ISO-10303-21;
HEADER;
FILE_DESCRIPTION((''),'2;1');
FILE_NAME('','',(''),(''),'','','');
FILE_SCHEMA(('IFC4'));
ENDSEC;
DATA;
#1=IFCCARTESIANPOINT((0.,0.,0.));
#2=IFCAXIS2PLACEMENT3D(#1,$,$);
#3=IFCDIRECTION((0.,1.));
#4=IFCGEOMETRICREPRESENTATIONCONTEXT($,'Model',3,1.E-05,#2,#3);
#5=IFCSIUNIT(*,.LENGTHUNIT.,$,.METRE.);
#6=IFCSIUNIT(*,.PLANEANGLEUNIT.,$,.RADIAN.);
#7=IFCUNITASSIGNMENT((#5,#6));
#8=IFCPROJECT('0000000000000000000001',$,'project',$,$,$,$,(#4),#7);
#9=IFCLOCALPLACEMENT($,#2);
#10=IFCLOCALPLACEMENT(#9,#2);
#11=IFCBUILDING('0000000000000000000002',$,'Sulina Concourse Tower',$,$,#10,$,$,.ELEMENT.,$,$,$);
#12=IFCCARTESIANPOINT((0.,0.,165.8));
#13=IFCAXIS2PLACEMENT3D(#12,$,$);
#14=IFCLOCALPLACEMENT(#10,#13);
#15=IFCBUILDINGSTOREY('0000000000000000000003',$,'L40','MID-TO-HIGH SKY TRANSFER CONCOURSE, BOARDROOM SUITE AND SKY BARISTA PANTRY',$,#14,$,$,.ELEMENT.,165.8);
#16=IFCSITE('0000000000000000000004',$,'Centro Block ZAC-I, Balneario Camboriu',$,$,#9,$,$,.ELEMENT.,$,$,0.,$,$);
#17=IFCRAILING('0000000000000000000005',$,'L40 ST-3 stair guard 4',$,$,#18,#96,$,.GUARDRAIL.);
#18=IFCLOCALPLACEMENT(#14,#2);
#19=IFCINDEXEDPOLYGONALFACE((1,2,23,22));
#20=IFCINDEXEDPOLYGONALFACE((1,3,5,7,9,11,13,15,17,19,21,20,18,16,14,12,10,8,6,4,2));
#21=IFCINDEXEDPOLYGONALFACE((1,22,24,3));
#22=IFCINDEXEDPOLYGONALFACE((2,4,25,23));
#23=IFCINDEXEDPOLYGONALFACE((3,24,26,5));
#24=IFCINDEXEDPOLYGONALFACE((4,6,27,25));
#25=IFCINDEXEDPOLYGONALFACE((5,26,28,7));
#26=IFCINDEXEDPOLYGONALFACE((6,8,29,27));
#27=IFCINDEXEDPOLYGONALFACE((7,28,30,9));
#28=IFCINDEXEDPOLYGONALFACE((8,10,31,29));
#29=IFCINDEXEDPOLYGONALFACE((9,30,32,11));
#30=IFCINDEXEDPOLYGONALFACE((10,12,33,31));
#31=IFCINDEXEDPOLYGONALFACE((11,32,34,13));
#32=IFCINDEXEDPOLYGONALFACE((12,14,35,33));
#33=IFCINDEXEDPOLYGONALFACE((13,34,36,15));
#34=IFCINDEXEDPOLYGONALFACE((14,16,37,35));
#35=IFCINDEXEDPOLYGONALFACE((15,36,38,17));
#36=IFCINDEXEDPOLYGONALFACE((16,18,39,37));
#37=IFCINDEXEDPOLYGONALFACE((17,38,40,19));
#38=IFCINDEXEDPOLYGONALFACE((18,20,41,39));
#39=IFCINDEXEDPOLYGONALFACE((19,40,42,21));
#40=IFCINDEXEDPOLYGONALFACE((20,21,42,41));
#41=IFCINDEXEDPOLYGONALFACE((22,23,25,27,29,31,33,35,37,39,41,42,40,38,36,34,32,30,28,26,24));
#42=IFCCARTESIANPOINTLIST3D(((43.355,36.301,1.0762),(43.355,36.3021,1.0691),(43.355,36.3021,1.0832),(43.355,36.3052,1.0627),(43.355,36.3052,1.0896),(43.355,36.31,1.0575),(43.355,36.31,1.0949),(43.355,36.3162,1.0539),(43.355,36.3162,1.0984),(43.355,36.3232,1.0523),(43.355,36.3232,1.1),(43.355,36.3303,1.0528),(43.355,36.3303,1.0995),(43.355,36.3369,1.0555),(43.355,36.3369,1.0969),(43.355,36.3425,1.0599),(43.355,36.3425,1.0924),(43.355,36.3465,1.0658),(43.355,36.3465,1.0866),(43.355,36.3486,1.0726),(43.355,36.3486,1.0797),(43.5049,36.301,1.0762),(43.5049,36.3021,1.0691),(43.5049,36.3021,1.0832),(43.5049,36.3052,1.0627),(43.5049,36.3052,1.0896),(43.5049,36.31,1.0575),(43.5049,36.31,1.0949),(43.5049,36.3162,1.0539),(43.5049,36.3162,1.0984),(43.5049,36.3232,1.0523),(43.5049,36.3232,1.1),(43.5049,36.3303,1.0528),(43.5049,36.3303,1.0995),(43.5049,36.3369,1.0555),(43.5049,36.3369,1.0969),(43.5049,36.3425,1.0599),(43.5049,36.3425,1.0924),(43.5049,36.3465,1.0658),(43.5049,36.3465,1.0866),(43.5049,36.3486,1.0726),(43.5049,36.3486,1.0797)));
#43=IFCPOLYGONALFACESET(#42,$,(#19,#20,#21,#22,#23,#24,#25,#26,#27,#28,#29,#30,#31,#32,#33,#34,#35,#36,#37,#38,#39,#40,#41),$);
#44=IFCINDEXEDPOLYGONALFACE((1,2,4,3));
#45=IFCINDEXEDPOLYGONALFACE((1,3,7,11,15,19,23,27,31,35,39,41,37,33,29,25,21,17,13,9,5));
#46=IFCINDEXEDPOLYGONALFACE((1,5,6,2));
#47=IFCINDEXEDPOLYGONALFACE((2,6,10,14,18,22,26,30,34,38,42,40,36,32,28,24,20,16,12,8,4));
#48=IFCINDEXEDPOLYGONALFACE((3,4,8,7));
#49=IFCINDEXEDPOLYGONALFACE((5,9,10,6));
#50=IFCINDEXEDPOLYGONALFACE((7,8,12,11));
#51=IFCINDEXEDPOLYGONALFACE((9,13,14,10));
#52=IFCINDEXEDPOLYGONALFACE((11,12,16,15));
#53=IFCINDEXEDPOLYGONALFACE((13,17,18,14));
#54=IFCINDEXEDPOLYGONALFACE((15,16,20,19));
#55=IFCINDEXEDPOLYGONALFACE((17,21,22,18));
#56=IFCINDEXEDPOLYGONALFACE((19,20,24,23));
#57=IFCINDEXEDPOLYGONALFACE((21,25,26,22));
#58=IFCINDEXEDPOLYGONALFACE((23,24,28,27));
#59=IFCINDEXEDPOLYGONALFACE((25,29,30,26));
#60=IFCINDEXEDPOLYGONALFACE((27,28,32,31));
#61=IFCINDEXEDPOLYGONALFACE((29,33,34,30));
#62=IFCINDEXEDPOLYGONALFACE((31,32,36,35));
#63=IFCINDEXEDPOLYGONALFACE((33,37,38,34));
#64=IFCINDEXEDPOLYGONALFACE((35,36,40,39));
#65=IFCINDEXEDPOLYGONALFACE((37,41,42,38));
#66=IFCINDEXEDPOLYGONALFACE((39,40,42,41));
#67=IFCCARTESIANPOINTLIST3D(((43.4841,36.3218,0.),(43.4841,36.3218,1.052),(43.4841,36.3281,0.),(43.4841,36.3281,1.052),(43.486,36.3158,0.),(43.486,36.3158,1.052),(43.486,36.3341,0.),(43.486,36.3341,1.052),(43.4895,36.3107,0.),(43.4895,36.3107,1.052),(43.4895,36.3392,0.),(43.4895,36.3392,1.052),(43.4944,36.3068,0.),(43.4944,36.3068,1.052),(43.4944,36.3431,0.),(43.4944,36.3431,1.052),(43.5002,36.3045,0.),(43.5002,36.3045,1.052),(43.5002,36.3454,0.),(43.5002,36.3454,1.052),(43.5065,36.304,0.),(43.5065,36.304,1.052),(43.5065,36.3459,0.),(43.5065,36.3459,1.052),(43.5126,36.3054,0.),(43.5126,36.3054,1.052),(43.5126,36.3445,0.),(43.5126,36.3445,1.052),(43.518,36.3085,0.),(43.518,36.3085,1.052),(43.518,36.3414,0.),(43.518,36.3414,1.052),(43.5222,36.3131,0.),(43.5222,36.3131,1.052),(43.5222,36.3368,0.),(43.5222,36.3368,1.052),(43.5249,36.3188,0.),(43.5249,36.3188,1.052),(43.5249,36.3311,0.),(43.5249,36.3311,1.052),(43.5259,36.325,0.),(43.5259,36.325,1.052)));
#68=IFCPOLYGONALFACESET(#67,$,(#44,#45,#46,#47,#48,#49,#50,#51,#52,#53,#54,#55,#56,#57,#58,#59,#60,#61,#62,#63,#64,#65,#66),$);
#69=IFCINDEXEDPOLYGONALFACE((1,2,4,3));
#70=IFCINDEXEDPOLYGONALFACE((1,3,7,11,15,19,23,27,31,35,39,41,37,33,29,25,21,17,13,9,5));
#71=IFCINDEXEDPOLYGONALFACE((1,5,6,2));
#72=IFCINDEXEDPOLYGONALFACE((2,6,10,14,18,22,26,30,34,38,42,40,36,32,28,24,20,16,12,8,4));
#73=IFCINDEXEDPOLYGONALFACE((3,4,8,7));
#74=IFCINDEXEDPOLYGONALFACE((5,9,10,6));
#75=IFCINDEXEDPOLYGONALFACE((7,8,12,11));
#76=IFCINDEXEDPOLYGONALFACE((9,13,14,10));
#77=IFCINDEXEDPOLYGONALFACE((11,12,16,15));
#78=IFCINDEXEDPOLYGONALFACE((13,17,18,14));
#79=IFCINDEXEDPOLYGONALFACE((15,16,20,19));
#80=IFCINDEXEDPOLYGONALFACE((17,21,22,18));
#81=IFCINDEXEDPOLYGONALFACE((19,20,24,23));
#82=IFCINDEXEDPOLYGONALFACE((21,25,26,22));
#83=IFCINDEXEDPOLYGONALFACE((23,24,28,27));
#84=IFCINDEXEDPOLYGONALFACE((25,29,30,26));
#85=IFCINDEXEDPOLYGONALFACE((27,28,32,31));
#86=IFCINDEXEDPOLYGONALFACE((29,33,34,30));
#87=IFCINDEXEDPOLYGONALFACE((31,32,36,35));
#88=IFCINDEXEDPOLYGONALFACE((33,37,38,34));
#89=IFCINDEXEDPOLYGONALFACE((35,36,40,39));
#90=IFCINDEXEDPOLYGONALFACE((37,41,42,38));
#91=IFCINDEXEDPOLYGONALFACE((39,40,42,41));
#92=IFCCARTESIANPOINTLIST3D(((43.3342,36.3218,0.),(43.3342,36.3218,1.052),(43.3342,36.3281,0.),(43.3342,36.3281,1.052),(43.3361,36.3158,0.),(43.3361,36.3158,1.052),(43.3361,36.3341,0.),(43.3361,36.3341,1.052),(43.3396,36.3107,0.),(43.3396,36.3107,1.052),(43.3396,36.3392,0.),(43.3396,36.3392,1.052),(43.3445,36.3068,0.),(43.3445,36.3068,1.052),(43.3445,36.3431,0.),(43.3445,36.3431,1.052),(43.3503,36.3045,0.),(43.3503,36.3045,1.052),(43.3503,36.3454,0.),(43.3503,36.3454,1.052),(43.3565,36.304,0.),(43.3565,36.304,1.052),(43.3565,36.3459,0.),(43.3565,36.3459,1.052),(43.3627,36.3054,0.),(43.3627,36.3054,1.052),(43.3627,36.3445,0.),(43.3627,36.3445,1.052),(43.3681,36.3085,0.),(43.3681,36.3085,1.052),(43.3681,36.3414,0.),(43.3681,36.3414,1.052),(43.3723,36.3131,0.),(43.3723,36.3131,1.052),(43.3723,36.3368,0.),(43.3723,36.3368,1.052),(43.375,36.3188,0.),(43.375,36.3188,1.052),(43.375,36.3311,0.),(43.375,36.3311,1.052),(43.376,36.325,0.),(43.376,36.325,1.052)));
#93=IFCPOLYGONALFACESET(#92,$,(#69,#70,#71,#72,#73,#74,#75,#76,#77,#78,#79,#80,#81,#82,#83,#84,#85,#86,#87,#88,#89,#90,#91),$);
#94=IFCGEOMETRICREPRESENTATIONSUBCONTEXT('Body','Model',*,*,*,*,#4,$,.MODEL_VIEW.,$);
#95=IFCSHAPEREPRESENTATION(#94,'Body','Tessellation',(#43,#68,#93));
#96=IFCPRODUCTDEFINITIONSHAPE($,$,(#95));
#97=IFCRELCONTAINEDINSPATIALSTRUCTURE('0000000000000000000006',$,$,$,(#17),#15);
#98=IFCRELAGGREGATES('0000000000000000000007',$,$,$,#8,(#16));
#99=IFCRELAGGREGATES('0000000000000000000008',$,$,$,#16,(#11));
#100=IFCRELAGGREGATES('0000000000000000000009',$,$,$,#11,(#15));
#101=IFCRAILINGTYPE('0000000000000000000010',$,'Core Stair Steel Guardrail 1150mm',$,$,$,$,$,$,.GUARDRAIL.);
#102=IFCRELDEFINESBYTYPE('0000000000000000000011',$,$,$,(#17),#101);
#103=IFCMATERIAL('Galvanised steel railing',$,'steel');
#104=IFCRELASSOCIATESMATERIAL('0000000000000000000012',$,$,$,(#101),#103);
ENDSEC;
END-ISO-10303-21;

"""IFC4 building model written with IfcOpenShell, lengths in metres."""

from ifc_helpers import new_model, si_unit, direction, frame, origin, origin_2d, place, context, subcontext, project, spatial, circle, extrude, material, type_object, element, save


model = new_model("IFC4")

# Units and contexts
model_context = context("Model", 3, precision=1e-05, world=origin(), true_north=direction((0.0, 1.0)))
body_context = subcontext(model_context, "Body", "Model", "MODEL_VIEW")
ifc_project = project(units=[si_unit("LENGTHUNIT", "METRE"), si_unit("PLANEANGLEUNIT", "RADIAN")], contexts=[model_context])

# Site, building, storey
site_placement = place(None, origin())
site = spatial("IfcSite", under=ifc_project, at=site_placement, Name="Centro Block ZAC-I, Balneario Camboriu", CompositionType="ELEMENT", RefElevation=0.0)
building_placement = place(site_placement, origin())
building = spatial("IfcBuilding", under=site, at=building_placement, Name="Sulina Concourse Tower", CompositionType="ELEMENT")
storey_placement = place(building_placement, frame((0.0, 0.0, 165.8)))
storey = spatial("IfcBuildingStorey", under=building, at=storey_placement, Name="L40", Description="MID-TO-HIGH SKY TRANSFER CONCOURSE, BOARDROOM SUITE AND SKY BARISTA PANTRY", CompositionType="ELEMENT", Elevation=165.8)

# Railing
ifc_material_1 = material(Name="Galvanised steel railing", Category="steel")
railing_type_1 = type_object("IfcRailingType", Name="Core Stair Steel Guardrail 1150mm", PredefinedType="GUARDRAIL", material=ifc_material_1)
railing_1_placement = place(storey_placement, frame((43.5049, 36.325, 0.0)))
element("IfcRailing", 1, at=railing_1_placement, inside=storey, type_object=railing_type_1, Name="L40 ST-3 stair guard 4", PredefinedType="GUARDRAIL", context=body_context, shape_type="SweptSolid", body=[
    extrude(circle(Radius=0.0239, at=origin_2d()), frame((0.0, 0.0, 1.0762), z_axis=(-1.0, 0.0, 0.0), x_axis=(0.0, -1.0, 0.0)), (0.0, 0.0, 1.0), 0.1499),
    extrude(circle(Radius=0.021, at=origin_2d()), origin(), (0.0, 0.0, 1.0), 1.052),
    extrude(circle(Radius=0.021, at=origin_2d()), frame((-0.1499, 0.0, 0.0)), (0.0, 0.0, 1.0), 1.052),
])

save(model, "model.ifc")
